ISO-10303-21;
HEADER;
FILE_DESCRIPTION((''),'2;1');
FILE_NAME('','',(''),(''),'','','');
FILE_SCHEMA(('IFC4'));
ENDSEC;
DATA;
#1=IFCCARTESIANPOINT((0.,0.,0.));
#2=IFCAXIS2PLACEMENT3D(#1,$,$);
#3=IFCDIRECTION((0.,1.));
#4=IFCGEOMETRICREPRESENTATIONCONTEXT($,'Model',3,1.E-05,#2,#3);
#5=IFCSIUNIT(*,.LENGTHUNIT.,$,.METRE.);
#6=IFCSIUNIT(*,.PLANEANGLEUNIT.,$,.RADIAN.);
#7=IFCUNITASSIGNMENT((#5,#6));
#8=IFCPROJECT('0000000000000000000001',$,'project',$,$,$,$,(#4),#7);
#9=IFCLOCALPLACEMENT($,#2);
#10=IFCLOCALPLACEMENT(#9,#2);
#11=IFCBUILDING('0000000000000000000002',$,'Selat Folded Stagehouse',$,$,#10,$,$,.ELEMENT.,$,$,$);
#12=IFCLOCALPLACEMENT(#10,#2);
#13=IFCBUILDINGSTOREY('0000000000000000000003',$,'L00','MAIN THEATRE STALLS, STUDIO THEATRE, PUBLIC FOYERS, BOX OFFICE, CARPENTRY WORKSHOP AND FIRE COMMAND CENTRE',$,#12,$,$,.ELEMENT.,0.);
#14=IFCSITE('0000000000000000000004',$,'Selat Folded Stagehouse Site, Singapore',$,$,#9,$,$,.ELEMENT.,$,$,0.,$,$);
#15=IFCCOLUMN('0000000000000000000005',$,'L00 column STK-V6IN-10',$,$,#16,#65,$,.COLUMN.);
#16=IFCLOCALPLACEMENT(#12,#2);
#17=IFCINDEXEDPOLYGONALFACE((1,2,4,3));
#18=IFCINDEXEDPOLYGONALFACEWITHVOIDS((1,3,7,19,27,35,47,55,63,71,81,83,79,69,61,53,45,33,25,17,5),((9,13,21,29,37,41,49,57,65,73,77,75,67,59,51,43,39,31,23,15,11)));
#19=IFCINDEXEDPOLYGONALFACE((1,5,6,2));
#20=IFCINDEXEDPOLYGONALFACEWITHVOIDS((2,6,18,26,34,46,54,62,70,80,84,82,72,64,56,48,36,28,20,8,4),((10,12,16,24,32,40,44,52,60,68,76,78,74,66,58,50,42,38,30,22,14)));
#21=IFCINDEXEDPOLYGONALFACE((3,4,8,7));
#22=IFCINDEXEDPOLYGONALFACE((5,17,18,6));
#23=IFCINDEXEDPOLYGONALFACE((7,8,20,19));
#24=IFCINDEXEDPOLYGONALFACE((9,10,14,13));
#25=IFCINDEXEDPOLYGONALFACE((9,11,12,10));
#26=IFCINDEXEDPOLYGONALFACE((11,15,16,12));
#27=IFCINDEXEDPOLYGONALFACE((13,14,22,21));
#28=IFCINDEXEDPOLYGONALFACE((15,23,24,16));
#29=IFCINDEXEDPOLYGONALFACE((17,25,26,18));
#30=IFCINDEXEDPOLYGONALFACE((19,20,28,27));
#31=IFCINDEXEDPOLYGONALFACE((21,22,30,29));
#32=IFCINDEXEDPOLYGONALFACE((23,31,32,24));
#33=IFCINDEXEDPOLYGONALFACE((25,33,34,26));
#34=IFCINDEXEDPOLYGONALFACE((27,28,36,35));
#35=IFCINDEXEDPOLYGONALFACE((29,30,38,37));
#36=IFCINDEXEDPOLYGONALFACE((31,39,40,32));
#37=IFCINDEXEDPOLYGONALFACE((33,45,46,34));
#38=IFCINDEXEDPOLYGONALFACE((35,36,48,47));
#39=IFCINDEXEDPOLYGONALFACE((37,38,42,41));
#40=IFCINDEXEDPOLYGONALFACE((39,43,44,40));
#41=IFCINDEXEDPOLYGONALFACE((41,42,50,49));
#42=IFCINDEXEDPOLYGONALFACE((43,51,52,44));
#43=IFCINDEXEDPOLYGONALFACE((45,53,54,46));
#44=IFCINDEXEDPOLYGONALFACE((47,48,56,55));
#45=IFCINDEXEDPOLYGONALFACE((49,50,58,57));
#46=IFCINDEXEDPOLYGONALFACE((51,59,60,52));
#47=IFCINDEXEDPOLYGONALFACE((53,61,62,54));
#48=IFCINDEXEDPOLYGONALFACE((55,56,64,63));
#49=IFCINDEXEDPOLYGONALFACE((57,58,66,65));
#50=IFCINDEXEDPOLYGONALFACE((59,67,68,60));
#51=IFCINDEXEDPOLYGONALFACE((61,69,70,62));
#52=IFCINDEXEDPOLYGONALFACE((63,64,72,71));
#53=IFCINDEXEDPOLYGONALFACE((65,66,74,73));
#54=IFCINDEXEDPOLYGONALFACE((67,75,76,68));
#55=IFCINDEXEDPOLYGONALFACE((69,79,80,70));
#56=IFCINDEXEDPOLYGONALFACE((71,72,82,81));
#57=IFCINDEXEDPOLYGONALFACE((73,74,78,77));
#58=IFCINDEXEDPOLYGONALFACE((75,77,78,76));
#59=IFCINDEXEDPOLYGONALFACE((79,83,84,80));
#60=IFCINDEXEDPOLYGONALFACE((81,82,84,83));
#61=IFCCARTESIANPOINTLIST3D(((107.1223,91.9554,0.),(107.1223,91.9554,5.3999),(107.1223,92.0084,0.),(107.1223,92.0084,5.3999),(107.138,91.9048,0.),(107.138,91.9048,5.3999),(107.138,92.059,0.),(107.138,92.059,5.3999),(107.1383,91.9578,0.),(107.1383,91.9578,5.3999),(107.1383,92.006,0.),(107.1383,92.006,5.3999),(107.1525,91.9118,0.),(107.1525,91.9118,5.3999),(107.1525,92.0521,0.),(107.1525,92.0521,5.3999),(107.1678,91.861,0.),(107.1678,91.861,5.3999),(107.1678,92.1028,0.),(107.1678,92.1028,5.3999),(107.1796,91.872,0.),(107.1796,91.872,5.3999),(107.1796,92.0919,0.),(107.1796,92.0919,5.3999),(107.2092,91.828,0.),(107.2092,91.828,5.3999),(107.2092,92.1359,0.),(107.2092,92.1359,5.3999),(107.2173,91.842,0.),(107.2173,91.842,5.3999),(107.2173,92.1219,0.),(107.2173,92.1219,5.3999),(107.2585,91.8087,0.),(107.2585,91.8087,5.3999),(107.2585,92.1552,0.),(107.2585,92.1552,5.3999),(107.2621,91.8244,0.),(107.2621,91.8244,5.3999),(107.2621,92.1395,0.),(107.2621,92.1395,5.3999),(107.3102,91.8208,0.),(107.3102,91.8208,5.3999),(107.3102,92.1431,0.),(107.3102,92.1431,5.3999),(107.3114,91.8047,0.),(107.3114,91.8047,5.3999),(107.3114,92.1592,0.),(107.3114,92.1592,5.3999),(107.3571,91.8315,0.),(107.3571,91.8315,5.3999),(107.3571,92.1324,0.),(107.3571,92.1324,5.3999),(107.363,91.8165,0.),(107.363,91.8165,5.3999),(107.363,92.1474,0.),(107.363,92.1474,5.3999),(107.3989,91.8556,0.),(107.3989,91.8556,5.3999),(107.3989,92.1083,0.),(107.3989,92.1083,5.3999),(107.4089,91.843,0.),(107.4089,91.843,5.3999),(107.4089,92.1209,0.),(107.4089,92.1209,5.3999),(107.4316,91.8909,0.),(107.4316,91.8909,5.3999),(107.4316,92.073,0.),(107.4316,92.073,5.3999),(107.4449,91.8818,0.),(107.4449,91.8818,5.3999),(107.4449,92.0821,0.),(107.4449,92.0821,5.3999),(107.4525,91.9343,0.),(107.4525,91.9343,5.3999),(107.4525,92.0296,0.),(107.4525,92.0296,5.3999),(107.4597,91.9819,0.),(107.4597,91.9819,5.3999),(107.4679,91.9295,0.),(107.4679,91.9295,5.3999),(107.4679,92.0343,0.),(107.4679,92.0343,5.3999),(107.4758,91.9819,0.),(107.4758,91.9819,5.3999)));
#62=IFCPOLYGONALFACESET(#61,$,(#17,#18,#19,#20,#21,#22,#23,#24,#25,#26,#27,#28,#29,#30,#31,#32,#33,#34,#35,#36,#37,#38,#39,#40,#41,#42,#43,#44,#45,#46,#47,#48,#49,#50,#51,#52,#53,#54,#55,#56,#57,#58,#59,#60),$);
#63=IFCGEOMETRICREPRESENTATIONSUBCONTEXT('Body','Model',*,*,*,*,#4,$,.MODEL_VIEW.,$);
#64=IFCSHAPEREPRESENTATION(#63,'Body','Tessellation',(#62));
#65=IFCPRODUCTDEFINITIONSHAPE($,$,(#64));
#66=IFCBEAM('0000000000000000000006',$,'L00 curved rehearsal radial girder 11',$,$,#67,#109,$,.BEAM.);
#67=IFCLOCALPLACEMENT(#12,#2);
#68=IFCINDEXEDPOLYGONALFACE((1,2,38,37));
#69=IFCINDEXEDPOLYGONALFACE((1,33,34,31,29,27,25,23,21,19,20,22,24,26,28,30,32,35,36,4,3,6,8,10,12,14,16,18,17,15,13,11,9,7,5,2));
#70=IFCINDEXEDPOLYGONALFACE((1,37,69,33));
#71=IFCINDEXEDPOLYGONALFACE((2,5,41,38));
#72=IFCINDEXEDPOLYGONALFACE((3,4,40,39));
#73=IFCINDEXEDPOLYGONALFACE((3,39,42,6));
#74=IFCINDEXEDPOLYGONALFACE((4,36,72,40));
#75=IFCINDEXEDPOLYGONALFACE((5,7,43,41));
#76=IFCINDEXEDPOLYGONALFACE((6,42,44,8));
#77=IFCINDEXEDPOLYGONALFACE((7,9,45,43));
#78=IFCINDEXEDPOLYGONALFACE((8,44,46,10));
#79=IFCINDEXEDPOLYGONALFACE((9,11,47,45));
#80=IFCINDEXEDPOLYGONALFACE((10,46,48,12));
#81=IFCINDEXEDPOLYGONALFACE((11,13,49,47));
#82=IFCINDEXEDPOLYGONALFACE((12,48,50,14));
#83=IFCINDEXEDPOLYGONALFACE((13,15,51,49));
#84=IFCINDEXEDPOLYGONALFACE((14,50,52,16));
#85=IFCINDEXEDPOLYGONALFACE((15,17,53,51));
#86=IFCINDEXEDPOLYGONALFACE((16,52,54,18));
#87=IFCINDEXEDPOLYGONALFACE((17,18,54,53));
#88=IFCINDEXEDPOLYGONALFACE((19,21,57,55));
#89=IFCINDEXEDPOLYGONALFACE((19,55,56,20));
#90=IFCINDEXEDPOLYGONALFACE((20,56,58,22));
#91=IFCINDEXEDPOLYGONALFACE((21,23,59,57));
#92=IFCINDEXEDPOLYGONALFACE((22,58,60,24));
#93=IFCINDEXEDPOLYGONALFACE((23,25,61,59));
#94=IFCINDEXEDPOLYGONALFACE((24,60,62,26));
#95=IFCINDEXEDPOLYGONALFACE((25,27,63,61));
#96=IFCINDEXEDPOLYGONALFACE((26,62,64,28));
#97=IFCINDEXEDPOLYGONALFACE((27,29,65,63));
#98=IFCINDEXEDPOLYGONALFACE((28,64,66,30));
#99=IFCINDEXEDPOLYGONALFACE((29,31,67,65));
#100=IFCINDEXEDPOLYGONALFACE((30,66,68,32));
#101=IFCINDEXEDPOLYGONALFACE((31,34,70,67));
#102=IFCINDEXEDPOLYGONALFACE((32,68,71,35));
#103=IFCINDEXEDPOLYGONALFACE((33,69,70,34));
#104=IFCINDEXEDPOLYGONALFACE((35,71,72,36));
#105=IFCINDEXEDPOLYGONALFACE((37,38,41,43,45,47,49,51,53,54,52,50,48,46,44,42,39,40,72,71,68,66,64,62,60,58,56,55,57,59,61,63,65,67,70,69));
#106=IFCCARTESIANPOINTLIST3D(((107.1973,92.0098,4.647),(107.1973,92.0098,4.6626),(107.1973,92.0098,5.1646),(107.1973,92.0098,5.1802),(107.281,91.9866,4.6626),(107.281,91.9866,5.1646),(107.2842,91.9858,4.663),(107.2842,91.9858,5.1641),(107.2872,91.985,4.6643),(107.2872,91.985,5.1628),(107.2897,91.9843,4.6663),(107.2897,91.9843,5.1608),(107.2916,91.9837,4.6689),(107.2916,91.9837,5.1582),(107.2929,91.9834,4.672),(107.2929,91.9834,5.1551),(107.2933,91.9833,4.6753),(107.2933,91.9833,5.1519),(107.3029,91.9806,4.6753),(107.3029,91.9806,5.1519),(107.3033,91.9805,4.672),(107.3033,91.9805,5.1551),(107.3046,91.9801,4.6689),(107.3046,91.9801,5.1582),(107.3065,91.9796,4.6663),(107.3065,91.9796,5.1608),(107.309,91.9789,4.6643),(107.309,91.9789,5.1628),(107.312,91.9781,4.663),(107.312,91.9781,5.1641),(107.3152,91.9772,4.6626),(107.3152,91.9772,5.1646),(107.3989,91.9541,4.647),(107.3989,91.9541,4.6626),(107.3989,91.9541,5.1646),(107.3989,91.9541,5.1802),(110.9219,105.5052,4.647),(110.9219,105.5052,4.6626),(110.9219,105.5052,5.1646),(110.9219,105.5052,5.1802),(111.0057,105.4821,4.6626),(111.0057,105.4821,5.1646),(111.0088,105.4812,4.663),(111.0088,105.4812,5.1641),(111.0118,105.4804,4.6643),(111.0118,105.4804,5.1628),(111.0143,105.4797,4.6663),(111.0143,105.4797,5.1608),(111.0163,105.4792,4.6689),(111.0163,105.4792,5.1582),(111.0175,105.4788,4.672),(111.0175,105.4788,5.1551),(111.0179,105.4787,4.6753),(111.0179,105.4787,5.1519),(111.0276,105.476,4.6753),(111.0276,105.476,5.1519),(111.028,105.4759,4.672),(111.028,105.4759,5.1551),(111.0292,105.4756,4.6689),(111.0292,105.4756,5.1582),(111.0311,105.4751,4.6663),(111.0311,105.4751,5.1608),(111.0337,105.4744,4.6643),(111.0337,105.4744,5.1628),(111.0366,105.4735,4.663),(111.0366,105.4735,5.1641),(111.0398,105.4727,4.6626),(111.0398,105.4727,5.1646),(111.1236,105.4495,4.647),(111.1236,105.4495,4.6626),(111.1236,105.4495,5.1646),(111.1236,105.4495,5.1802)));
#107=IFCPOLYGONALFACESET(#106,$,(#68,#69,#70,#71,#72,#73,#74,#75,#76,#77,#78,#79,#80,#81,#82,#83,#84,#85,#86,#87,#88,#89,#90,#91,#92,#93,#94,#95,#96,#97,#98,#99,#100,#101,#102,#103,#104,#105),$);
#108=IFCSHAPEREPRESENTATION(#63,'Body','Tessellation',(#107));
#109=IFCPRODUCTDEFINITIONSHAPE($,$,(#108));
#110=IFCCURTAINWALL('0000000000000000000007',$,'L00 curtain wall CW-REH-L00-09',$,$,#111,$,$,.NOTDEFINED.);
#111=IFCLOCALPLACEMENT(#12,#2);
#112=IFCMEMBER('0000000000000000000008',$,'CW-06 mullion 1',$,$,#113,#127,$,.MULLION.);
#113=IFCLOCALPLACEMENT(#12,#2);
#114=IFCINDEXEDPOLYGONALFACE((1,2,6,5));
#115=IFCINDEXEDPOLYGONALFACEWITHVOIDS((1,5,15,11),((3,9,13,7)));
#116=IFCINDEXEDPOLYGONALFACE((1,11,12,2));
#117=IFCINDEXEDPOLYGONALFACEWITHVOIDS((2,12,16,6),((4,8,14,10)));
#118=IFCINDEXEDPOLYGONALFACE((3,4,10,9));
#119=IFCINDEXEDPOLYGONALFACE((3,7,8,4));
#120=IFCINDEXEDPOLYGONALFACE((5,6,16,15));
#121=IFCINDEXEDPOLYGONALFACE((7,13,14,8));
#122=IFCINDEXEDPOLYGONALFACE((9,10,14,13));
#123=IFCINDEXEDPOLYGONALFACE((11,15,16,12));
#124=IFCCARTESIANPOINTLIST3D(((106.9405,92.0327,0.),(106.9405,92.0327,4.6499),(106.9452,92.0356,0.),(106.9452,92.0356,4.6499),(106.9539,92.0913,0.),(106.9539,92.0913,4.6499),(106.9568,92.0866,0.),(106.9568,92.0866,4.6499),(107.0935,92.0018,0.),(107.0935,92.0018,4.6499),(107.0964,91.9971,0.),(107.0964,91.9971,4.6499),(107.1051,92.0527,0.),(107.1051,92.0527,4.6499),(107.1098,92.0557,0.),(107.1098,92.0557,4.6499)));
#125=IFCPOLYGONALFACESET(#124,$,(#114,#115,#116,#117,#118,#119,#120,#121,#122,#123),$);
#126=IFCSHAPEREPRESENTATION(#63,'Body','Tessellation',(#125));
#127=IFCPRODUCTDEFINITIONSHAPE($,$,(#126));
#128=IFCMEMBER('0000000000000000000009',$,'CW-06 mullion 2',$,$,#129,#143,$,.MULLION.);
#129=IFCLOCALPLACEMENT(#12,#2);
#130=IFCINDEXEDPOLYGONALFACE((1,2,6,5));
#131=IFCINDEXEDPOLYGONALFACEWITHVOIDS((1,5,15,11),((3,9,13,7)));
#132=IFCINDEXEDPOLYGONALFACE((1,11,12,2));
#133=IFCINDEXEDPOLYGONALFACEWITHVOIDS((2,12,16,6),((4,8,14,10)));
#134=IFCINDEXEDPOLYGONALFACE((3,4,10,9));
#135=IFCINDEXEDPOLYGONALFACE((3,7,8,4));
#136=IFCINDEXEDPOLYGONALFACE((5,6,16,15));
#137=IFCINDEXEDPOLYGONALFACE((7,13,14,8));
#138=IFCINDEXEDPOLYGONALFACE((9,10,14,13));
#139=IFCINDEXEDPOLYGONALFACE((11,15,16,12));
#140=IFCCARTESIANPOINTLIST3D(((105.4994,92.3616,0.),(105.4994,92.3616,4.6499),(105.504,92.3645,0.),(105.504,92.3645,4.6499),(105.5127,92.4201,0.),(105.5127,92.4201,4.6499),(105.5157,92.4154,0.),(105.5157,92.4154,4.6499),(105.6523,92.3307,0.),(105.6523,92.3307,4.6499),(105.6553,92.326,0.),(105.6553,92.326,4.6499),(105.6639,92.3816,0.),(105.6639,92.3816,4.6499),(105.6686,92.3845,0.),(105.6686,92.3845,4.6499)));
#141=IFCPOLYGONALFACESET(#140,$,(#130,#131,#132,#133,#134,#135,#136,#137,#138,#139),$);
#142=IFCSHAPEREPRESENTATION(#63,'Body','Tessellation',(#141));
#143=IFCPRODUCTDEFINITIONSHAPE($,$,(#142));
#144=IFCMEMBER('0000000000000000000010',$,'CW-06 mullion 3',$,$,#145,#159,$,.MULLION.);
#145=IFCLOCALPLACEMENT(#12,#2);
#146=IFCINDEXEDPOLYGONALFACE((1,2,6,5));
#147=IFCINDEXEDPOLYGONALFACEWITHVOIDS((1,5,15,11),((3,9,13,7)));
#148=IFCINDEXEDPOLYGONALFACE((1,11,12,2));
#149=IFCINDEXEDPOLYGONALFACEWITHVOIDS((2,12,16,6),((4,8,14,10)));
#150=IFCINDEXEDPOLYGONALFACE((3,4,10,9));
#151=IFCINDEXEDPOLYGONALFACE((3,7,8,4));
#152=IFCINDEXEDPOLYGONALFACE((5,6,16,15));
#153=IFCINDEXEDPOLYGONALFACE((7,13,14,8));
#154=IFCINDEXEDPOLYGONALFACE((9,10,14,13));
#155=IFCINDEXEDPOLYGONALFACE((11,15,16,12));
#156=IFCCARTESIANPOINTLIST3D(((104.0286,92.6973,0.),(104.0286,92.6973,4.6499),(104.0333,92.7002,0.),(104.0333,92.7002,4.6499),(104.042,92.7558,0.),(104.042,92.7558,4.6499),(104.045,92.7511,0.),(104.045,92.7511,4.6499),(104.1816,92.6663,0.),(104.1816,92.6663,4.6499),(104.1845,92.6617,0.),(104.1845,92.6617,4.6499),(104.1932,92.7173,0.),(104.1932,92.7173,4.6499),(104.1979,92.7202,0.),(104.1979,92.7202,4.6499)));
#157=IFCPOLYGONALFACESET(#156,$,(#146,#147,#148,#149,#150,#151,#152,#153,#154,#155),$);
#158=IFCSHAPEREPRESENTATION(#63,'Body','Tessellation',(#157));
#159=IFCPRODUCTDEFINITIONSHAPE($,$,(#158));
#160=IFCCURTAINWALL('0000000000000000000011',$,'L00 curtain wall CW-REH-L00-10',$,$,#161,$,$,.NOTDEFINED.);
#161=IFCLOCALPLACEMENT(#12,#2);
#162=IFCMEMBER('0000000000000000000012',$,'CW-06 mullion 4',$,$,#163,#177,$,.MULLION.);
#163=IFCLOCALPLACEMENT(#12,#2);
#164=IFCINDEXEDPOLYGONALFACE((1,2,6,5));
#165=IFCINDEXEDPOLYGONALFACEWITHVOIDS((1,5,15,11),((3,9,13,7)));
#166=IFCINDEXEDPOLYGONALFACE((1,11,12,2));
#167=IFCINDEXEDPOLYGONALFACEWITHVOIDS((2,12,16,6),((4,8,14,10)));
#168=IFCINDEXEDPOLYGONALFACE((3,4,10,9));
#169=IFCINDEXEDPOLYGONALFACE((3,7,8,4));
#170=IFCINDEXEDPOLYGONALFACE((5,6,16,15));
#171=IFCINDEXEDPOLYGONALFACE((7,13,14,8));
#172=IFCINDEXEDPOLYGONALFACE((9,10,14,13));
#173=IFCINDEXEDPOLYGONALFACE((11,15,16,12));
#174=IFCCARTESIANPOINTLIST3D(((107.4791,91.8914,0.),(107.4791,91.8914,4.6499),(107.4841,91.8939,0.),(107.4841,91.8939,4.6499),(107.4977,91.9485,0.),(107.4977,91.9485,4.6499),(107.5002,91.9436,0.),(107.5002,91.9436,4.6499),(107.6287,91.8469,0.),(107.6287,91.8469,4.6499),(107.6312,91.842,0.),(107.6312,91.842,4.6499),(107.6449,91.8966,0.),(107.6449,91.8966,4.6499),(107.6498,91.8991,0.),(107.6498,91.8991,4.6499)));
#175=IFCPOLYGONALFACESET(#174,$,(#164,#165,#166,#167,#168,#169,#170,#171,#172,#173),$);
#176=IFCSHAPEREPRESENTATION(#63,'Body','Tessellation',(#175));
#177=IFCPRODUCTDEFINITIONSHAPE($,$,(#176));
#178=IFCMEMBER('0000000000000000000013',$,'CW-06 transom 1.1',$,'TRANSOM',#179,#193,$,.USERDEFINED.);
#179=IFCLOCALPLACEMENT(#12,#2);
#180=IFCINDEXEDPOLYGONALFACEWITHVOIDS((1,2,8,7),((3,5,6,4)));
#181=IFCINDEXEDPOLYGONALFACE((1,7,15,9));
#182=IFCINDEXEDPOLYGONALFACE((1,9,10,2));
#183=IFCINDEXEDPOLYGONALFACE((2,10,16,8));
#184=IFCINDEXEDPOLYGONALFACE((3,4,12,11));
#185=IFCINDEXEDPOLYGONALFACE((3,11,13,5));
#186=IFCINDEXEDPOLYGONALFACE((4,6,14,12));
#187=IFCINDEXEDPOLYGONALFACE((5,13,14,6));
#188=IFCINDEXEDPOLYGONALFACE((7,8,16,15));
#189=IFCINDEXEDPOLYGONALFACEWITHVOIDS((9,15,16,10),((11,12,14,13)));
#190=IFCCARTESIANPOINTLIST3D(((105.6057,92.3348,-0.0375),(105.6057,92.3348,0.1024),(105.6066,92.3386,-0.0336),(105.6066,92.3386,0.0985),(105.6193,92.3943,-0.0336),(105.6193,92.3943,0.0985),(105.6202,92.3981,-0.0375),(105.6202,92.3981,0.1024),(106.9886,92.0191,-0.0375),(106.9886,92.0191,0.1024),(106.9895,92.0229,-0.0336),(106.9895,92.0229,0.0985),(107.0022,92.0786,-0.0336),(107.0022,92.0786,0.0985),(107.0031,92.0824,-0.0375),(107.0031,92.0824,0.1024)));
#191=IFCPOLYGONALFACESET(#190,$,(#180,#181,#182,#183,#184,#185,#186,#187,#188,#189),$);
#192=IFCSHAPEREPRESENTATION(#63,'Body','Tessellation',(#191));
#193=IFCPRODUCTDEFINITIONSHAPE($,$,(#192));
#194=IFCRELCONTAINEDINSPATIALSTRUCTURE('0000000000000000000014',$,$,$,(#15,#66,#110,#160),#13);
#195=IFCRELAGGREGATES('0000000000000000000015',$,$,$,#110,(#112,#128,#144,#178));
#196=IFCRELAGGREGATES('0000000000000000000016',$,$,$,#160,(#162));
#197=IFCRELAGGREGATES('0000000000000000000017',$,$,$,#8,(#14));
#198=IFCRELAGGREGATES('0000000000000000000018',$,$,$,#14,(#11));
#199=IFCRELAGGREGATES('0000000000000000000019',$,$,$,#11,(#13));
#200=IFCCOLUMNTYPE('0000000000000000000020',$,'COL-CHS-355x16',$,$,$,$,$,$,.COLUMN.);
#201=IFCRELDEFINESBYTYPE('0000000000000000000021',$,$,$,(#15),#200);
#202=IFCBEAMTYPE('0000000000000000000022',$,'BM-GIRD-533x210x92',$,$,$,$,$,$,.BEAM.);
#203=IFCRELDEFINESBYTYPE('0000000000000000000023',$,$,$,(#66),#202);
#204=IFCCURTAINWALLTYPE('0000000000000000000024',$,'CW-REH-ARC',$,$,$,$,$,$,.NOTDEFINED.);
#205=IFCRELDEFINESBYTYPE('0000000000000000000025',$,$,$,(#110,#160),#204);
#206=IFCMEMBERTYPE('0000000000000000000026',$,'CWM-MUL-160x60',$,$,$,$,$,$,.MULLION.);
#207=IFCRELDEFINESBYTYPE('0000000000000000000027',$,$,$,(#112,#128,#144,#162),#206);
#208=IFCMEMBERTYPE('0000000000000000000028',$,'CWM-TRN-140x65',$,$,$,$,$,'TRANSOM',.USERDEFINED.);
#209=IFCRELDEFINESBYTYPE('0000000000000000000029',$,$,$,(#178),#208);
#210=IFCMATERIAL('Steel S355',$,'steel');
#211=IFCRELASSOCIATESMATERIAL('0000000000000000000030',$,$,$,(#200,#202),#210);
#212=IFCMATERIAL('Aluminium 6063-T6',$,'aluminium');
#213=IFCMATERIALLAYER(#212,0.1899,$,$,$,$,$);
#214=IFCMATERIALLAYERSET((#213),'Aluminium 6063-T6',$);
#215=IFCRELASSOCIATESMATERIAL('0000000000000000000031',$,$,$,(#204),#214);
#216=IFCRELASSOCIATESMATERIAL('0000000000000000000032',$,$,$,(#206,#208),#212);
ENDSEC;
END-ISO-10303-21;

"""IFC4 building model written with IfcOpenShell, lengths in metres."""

from ifc_helpers import new_model, si_unit, direction, frame, origin, origin_2d, place, context, subcontext, project, spatial, hollow_rectangle, hollow_circle, i_section, extrude, material, layer, layer_set, material_profile, profile_set, type_object, element, aggregate, save


model = new_model("IFC4")

# Units and contexts
model_context = context("Model", 3, precision=1e-05, world=origin(), true_north=direction((0.0, 1.0)))
body_context = subcontext(model_context, "Body", "Model", "MODEL_VIEW")
ifc_project = project(units=[si_unit("LENGTHUNIT", "METRE"), si_unit("PLANEANGLEUNIT", "RADIAN")], contexts=[model_context])

# Site, building, storey
site_placement = place(None, origin())
site = spatial("IfcSite", under=ifc_project, at=site_placement, Name="Selat Folded Stagehouse Site, Singapore", CompositionType="ELEMENT", RefElevation=0.0)
building_placement = place(site_placement, origin())
building = spatial("IfcBuilding", under=site, at=building_placement, Name="Selat Folded Stagehouse", CompositionType="ELEMENT")
storey_placement = place(building_placement, origin())
storey = spatial("IfcBuildingStorey", under=building, at=storey_placement, Name="L00", Description="MAIN THEATRE STALLS, STUDIO THEATRE, PUBLIC FOYERS, BOX OFFICE, CARPENTRY WORKSHOP AND FIRE COMMAND CENTRE", CompositionType="ELEMENT", Elevation=0.0)

# Column
ifc_material_1 = material(Name="Steel S355", Category="steel")
ifc_material_profile_1 = material_profile(ifc_material_1, hollow_circle(Radius=0.1777, WallThickness=0.0161, at=origin_2d()), Name="CHS 355.6x16.0")
ifc_profile_set_1 = profile_set([ifc_material_profile_1], Name="Steel S355")
column_type = type_object("IfcColumnType", Name="COL-CHS-355x16", PredefinedType="COLUMN", material=ifc_profile_set_1)
column_placement = place(storey_placement, frame((107.2981, 91.9819, 0.0), z_axis=(0.0, 0.0, 1.0), x_axis=(1.0, 0.0, 0.0)))
element("IfcColumn", 1, at=column_placement, inside=storey, type_object=column_type, Name="L00 column STK-V6IN-10", PredefinedType="COLUMN", context=body_context, shape_type="SweptSolid", body=[
    extrude(hollow_circle(Radius=0.1777, WallThickness=0.0161, at=origin_2d()), origin(), (0.0, 0.0, 1.0), 5.3999),
])

# Beam
ifc_material_profile_2 = material_profile(ifc_material_1, i_section(OverallWidth=0.2092, OverallDepth=0.5332, WebThickness=0.01, FlangeThickness=0.0156, FilletRadius=0.0127, at=origin_2d()), Name="UKB 533x210x92")
ifc_profile_set_2 = profile_set([ifc_material_profile_2], Name="Steel S355")
beam_type_1 = type_object("IfcBeamType", Name="BM-GIRD-533x210x92", PredefinedType="BEAM", material=ifc_profile_set_2)
beam_1_placement = place(storey_placement, frame((107.2981, 91.9819, 4.9136), z_axis=(0.266045, 0.963961, 0.0), x_axis=(-0.963961, 0.266045, 0.0)))
element("IfcBeam", 2, at=beam_1_placement, inside=storey, type_object=beam_type_1, Name="L00 curved rehearsal radial girder 11", PredefinedType="BEAM", context=body_context, shape_type="SweptSolid", body=[
    extrude(i_section(OverallWidth=0.2092, OverallDepth=0.5332, WebThickness=0.01, FlangeThickness=0.0156, FilletRadius=0.0127, at=origin_2d()), origin(), (0.0, 0.0, 1.0), 14.0),
])

# Curtain wall, members
ifc_material_2 = material(Name="Aluminium 6063-T6", Category="aluminium")
ifc_layer_1 = layer(ifc_material_2, 0.1899)
ifc_layer_set_1 = layer_set([ifc_layer_1], Name="Aluminium 6063-T6")
curtain_wall_type = type_object("IfcCurtainWallType", Name="CW-REH-ARC", PredefinedType="NOTDEFINED", material=ifc_layer_set_1)
curtain_wall_1_placement = place(storey_placement, origin())
curtain_wall_1 = element("IfcCurtainWall", 3, at=curtain_wall_1_placement, inside=storey, type_object=curtain_wall_type, Name="L00 curtain wall CW-REH-L00-09", PredefinedType="NOTDEFINED")
ifc_material_profile_3 = material_profile(ifc_material_2, hollow_rectangle(XDim=0.0601, YDim=0.1599, WallThickness=0.0039, at=origin_2d()), Name="ALU 160x60x4.0")
ifc_profile_set_3 = profile_set([ifc_material_profile_3], Name="Aluminium 6063-T6")
member_type_1 = type_object("IfcMemberType", Name="CWM-MUL-160x60", PredefinedType="MULLION", material=ifc_profile_set_3)
member_1_placement = place(storey_placement, frame((107.0251, 92.0442, 0.0), z_axis=(0.0, 0.0, 1.0), x_axis=(-0.222543, -0.974923, 0.0)))
member_1 = element("IfcMember", 4, at=member_1_placement, type_object=member_type_1, Name="CW-06 mullion 1", PredefinedType="MULLION", context=body_context, shape_type="SweptSolid", body=[
    extrude(hollow_rectangle(XDim=0.0601, YDim=0.1599, WallThickness=0.0039, at=origin_2d()), origin(), (0.0, 0.0, 1.0), 4.6499),
])
member_2_placement = place(storey_placement, frame((105.584, 92.373, 0.0), z_axis=(0.0, 0.0, 1.0), x_axis=(-0.222543, -0.974923, 0.0)))
member_2 = element("IfcMember", 5, at=member_2_placement, type_object=member_type_1, Name="CW-06 mullion 2", PredefinedType="MULLION", context=body_context, shape_type="SweptSolid", body=[
    extrude(hollow_rectangle(XDim=0.0601, YDim=0.1599, WallThickness=0.0039, at=origin_2d()), origin(), (0.0, 0.0, 1.0), 4.6499),
])
member_3_placement = place(storey_placement, frame((104.1133, 92.7087, 0.0), z_axis=(0.0, 0.0, 1.0), x_axis=(-0.222543, -0.974923, 0.0)))
member_3 = element("IfcMember", 6, at=member_3_placement, type_object=member_type_1, Name="CW-06 mullion 3", PredefinedType="MULLION", context=body_context, shape_type="SweptSolid", body=[
    extrude(hollow_rectangle(XDim=0.0601, YDim=0.1599, WallThickness=0.0039, at=origin_2d()), origin(), (0.0, 0.0, 1.0), 4.6499),
])

# Curtain wall, member
curtain_wall_2_placement = place(storey_placement, origin())
curtain_wall_2 = element("IfcCurtainWall", 7, at=curtain_wall_2_placement, inside=storey, type_object=curtain_wall_type, Name="L00 curtain wall CW-REH-L00-10", PredefinedType="NOTDEFINED")
member_4_placement = place(storey_placement, frame((107.5645, 91.8953, 0.0), z_axis=(0.0, 0.0, 1.0), x_axis=(-0.308992, -0.951065, 0.0)))
member_4 = element("IfcMember", 8, at=member_4_placement, type_object=member_type_1, Name="CW-06 mullion 4", PredefinedType="MULLION", context=body_context, shape_type="SweptSolid", body=[
    extrude(hollow_rectangle(XDim=0.0601, YDim=0.1599, WallThickness=0.0039, at=origin_2d()), origin(), (0.0, 0.0, 1.0), 4.6499),
])

# Member
ifc_material_profile_4 = material_profile(ifc_material_2, hollow_rectangle(XDim=0.0649, YDim=0.1399, WallThickness=0.0039, at=origin_2d()), Name="ALU 140x65x4.0")
ifc_profile_set_4 = profile_set([ifc_material_profile_4], Name="Aluminium 6063-T6")
member_type_2 = type_object("IfcMemberType", Name="CWM-TRN-140x65", ElementType="TRANSOM", PredefinedType="USERDEFINED", material=ifc_profile_set_4)
member_5_placement = place(storey_placement, frame((106.9958, 92.0508, 0.0325), z_axis=(-0.974919, 0.222558, 0.0), x_axis=(-0.222558, -0.974919, 0.0)))
member_5 = element("IfcMember", 9, at=member_5_placement, type_object=member_type_2, Name="CW-06 transom 1.1", ObjectType="TRANSOM", PredefinedType="USERDEFINED", context=body_context, shape_type="SweptSolid", body=[
    extrude(hollow_rectangle(XDim=0.0649, YDim=0.1399, WallThickness=0.0039, at=origin_2d()), origin(), (0.0, 0.0, 1.0), 1.4185),
])

aggregate(curtain_wall_1, [member_1, member_2, member_3, member_5])
aggregate(curtain_wall_2, [member_4])

save(model, "model.ifc")
